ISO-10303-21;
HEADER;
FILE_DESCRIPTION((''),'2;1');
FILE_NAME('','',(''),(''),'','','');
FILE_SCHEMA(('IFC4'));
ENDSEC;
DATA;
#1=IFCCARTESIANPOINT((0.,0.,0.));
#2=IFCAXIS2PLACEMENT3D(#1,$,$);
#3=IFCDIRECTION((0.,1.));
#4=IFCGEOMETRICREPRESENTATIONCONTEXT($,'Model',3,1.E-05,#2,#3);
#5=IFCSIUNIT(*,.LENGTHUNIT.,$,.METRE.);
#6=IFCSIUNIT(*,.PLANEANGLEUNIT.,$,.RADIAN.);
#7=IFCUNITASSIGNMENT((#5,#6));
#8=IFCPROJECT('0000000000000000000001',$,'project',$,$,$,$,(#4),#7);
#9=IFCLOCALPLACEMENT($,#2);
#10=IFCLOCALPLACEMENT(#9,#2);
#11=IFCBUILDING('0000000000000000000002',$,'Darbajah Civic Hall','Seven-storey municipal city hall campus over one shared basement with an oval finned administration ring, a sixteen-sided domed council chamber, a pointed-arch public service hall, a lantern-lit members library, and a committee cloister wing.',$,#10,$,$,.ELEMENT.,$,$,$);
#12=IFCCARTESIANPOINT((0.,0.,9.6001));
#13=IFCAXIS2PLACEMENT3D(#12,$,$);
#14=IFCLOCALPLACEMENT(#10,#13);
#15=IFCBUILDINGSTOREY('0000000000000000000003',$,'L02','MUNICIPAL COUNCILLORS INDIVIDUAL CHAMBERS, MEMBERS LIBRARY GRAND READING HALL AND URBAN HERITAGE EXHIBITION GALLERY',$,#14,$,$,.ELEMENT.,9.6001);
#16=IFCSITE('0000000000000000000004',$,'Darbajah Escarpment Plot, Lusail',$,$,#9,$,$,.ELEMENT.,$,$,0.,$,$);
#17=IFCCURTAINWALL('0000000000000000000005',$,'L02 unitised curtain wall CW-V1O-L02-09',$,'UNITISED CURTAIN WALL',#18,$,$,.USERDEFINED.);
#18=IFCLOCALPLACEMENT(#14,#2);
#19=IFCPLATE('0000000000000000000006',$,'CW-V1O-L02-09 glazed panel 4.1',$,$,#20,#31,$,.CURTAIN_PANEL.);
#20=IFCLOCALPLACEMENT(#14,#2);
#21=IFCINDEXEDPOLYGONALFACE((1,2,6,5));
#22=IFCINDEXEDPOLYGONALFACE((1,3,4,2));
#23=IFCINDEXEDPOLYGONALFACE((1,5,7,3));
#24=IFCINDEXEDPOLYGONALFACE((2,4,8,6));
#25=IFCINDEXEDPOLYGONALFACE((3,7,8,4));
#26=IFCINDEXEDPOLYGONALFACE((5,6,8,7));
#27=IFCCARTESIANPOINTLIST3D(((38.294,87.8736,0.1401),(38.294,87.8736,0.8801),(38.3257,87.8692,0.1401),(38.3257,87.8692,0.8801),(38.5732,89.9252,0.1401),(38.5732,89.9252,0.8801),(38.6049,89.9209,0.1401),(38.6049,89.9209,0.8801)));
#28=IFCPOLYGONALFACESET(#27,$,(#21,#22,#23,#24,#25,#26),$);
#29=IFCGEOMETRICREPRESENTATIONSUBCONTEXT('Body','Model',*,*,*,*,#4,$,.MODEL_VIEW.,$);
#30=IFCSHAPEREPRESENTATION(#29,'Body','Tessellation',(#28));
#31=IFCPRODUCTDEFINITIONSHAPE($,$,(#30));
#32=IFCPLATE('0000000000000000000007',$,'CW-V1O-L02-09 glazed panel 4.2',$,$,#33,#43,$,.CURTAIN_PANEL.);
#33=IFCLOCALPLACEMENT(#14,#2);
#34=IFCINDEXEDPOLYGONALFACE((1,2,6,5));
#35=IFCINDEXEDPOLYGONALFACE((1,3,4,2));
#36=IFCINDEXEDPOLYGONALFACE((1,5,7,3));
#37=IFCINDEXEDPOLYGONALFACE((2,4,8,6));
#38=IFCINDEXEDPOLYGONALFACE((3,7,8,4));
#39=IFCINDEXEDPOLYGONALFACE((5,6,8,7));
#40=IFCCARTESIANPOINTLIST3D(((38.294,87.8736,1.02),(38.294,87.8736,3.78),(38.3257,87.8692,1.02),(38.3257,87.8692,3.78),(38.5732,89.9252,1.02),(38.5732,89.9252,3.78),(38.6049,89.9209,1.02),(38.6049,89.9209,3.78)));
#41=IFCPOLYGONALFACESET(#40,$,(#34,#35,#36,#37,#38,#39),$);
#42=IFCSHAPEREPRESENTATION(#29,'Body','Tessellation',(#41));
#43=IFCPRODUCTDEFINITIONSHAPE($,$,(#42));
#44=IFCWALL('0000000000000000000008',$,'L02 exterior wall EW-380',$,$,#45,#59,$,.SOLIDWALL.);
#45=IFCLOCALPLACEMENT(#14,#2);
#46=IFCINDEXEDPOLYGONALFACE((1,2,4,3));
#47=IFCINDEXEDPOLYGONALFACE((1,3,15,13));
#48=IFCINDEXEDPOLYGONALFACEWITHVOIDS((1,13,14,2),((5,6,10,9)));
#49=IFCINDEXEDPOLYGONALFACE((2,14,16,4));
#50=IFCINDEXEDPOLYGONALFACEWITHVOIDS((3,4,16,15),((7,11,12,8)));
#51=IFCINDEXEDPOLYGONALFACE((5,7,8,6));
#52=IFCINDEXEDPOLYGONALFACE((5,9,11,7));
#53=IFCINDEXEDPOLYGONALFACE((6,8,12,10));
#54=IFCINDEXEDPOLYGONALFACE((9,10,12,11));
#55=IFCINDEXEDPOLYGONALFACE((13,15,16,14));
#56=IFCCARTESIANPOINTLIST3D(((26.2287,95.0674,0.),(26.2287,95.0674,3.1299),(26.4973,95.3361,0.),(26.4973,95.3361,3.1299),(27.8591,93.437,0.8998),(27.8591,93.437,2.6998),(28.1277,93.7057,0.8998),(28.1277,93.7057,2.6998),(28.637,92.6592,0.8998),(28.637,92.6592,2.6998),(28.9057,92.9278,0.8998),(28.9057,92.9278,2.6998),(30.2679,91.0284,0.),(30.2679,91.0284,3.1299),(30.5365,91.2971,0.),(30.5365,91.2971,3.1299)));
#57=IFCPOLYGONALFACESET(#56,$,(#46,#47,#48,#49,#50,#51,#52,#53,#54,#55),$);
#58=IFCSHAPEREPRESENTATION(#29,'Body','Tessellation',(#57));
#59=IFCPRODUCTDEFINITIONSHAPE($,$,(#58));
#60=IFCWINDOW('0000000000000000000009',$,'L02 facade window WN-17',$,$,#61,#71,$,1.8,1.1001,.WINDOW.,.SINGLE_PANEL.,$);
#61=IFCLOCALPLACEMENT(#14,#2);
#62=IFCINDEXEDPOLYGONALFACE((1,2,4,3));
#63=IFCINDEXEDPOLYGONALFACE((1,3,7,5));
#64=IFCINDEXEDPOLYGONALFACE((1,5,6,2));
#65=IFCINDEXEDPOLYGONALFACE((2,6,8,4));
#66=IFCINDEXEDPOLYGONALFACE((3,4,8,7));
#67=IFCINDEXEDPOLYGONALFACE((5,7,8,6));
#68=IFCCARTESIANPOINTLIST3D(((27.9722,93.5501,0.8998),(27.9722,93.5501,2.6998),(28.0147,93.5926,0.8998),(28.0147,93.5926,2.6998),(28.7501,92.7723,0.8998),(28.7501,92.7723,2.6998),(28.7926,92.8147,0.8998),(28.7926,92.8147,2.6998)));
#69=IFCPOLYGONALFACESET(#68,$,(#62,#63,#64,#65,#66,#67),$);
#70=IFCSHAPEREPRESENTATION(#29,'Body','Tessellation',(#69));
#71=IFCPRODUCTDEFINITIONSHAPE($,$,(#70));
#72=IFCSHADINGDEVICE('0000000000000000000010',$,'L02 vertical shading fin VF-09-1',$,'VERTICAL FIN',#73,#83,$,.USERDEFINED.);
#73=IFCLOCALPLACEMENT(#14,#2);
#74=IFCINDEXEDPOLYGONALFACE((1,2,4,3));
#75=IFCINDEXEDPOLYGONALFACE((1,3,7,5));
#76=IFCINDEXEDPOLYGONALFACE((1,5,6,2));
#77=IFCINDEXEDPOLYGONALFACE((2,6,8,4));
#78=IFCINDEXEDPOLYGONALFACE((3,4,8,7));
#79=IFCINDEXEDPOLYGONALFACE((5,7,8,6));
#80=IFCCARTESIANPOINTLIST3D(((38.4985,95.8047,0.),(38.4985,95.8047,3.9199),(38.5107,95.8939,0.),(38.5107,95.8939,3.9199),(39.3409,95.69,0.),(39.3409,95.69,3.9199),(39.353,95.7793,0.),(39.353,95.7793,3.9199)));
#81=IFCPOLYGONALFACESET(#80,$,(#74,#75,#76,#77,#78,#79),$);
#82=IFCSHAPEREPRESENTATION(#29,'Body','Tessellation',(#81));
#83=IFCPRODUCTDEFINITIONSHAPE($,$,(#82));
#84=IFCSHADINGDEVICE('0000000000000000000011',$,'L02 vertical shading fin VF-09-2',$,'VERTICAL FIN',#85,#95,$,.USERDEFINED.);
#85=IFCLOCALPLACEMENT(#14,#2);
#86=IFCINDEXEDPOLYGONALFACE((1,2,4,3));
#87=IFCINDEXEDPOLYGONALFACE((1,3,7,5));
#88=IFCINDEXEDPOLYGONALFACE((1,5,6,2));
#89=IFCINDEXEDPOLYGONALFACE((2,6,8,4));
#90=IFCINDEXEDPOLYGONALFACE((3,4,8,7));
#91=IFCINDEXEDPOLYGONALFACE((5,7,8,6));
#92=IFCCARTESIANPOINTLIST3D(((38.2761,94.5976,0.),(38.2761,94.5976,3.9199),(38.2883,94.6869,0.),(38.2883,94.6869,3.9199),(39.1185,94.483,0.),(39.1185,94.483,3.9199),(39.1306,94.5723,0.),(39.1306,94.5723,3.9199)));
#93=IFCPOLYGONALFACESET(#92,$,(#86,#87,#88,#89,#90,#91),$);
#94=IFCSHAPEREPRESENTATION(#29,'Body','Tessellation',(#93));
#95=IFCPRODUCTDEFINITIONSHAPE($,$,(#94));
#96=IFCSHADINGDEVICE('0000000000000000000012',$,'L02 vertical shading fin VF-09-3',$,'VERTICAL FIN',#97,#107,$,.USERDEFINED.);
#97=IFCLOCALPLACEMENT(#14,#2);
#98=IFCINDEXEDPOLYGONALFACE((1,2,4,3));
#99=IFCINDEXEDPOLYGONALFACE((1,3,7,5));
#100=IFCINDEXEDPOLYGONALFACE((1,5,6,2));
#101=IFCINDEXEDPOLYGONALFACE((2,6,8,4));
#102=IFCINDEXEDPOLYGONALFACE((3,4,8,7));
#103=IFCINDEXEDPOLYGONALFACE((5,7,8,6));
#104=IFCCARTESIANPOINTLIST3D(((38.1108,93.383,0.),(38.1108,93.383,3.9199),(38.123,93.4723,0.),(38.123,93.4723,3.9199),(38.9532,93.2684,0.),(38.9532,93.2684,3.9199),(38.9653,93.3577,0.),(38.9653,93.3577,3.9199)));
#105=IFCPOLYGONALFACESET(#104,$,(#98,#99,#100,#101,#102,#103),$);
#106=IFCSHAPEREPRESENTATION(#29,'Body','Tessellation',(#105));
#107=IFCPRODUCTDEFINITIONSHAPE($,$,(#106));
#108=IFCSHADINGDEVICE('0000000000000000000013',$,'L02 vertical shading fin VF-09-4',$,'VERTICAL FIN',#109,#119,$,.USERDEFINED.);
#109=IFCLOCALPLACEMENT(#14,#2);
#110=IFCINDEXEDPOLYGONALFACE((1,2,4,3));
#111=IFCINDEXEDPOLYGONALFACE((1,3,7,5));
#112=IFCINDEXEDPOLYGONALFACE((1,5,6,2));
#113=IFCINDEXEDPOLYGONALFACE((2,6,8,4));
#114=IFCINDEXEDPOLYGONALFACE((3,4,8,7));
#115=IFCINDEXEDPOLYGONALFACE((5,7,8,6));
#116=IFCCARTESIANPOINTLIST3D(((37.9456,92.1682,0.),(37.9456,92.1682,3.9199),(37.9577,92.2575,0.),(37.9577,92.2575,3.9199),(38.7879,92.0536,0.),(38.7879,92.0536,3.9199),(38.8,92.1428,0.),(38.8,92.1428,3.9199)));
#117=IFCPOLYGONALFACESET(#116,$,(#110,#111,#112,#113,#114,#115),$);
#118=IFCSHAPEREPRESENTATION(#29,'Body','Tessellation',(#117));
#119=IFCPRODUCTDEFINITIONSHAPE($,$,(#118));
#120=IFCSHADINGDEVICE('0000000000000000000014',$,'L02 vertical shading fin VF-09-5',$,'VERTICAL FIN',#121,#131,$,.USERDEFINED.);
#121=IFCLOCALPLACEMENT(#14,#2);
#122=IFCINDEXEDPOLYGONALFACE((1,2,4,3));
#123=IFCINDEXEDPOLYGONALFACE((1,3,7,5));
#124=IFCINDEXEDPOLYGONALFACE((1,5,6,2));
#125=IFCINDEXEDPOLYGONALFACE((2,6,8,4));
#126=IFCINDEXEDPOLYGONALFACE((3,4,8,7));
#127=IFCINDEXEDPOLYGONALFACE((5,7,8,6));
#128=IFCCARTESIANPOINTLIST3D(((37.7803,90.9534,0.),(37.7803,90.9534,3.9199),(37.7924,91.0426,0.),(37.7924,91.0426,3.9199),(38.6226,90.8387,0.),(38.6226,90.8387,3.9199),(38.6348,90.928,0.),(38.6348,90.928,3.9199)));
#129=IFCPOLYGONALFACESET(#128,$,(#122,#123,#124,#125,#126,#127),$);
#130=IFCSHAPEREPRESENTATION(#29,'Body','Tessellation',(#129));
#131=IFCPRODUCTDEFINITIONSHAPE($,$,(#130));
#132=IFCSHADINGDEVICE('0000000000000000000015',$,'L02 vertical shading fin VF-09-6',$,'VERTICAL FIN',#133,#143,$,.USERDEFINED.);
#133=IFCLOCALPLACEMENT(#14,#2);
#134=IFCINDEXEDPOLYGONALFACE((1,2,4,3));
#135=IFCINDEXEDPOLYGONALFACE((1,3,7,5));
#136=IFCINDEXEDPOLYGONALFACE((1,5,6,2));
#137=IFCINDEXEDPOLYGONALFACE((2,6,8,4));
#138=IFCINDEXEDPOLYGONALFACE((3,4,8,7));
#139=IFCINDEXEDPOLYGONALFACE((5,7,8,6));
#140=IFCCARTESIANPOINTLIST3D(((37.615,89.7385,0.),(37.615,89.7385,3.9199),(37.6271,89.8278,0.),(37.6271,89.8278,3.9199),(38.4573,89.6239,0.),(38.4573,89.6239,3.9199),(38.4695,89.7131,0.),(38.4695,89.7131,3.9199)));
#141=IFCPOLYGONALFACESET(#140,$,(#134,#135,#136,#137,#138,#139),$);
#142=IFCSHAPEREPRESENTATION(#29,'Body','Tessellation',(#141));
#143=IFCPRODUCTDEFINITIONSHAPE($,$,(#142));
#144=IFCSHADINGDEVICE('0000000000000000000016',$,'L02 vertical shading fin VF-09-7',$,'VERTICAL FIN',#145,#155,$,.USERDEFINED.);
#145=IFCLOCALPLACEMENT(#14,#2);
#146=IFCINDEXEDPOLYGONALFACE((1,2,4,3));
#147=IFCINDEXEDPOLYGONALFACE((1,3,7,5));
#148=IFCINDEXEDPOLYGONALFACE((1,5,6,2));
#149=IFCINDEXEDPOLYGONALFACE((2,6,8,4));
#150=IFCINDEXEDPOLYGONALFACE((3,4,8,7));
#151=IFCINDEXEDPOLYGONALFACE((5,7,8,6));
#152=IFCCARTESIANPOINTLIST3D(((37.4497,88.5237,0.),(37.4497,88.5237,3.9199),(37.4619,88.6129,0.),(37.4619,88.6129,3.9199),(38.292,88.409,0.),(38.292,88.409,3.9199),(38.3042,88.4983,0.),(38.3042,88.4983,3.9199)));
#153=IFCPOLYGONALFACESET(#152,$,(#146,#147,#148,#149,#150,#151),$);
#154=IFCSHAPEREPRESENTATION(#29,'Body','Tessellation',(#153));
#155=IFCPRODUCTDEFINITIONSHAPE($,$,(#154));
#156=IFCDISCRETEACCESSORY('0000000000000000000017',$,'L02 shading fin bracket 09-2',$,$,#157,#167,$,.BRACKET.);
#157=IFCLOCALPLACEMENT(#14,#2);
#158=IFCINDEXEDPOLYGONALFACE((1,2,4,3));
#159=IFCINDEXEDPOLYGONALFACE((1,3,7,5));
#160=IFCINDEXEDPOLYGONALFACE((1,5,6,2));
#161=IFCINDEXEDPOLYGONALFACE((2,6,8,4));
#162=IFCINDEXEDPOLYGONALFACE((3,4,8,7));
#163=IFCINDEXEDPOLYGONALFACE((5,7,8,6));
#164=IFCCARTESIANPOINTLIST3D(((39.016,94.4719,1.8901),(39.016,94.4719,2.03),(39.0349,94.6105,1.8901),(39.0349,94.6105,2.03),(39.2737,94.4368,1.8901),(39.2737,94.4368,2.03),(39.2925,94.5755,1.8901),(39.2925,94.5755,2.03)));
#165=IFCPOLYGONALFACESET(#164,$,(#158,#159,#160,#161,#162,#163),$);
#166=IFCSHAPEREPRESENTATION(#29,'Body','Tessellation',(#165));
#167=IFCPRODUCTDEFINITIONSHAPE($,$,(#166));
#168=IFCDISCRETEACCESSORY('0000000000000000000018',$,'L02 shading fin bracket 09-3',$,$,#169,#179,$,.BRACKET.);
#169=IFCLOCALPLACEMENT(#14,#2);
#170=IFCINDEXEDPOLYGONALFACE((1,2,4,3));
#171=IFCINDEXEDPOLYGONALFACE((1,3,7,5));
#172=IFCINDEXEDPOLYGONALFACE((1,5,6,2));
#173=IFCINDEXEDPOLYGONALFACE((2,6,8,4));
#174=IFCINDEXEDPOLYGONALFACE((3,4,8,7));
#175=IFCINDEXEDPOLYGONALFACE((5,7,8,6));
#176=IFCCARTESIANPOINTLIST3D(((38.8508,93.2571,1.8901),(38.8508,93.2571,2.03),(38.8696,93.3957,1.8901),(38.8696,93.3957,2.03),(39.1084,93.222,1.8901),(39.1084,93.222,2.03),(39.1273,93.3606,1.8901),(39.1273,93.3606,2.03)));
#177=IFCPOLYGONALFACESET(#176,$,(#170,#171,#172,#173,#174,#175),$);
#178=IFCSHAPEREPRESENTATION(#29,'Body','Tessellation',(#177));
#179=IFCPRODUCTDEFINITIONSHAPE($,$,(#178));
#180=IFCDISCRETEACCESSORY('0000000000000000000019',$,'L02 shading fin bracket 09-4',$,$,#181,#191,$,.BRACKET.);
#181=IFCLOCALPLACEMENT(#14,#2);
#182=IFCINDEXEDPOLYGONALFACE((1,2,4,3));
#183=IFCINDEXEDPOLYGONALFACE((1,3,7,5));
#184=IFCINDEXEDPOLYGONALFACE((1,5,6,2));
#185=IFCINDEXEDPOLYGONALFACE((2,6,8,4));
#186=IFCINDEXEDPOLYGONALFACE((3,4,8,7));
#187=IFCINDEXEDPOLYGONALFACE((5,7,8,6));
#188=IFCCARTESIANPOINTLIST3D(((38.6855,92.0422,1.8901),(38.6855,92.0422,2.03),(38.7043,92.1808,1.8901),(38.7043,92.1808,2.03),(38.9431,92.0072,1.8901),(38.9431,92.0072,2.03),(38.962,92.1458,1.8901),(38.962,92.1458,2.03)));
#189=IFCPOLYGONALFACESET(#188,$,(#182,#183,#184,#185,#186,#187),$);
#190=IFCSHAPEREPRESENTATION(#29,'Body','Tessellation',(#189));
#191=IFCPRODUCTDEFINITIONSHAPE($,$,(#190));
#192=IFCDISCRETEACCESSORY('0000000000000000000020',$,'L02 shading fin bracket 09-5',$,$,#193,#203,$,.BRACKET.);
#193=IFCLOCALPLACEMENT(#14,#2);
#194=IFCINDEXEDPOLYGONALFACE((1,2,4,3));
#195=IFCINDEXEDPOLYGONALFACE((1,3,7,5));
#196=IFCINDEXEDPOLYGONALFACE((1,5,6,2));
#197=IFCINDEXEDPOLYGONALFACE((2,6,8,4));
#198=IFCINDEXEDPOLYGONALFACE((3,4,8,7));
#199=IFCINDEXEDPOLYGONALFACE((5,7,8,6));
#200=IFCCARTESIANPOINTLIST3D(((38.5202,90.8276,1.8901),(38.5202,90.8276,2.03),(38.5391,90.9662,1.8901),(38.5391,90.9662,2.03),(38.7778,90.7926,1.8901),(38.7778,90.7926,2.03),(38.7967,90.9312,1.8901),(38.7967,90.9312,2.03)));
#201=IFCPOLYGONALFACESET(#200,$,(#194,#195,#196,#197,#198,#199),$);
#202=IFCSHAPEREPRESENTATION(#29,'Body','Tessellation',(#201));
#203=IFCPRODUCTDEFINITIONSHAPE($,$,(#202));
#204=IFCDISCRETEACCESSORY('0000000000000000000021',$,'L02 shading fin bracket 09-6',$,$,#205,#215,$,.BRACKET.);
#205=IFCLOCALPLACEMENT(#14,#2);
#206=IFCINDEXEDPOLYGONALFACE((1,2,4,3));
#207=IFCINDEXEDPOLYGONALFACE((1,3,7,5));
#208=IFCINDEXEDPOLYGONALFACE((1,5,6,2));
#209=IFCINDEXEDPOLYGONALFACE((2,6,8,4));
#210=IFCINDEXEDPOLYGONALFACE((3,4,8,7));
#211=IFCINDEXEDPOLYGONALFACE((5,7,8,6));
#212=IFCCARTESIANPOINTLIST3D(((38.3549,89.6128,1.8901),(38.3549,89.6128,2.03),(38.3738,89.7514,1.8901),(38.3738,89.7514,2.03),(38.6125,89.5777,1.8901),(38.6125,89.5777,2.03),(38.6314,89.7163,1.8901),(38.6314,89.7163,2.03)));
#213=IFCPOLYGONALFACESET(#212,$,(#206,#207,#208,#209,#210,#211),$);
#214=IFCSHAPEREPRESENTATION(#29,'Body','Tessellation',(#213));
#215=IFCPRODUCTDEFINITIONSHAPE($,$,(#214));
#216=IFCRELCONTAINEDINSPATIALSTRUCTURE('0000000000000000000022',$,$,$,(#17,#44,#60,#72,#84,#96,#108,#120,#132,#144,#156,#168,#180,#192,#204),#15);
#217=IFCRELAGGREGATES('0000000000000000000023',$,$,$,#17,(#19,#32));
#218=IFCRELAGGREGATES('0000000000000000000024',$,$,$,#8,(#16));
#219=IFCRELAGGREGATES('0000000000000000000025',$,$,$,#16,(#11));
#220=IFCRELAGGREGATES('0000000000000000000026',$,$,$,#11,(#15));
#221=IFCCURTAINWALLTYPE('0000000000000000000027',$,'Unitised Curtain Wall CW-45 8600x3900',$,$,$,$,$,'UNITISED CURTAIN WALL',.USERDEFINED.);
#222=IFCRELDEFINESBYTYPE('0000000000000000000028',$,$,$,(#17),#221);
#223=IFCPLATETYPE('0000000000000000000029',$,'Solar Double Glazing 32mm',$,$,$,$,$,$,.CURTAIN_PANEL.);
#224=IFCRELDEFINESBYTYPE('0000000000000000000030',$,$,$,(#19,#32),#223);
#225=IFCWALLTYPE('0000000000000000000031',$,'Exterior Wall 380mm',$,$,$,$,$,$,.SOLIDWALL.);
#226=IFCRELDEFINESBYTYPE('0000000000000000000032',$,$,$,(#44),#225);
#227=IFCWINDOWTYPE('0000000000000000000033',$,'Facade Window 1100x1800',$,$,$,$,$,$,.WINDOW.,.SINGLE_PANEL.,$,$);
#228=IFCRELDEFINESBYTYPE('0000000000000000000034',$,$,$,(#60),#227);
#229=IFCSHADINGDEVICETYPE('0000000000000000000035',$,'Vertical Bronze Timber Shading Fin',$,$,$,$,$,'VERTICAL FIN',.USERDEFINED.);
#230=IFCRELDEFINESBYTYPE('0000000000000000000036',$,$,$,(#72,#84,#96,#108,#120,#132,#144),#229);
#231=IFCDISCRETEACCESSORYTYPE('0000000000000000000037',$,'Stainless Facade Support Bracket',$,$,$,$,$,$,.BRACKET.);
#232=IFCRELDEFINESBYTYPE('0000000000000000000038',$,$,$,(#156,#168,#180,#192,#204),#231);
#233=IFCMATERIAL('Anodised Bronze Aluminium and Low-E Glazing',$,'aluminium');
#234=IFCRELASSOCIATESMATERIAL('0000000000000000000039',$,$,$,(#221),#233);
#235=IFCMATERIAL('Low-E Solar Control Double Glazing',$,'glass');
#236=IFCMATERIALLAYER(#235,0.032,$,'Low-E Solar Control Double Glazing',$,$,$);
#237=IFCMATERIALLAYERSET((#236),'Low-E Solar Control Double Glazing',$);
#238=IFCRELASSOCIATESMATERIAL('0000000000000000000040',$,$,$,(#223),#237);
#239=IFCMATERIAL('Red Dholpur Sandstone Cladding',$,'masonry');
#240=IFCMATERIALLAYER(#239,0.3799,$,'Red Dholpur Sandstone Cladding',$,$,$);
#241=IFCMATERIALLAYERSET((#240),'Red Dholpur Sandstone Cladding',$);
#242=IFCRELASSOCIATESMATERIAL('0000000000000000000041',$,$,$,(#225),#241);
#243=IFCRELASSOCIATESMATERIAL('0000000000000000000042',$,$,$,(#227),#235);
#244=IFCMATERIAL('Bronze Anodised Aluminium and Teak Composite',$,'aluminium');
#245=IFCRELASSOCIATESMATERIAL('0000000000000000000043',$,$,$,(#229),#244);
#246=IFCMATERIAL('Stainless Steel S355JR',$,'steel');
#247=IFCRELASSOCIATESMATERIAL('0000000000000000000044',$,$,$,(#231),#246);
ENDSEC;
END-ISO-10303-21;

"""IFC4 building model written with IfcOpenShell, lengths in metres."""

from ifc_helpers import new_model, si_unit, direction, frame, frame_2d, origin, origin_2d, place, context, subcontext, project, spatial, rectangle, extrude, material, layer, layer_set, type_object, element, fill, aggregate, save


model = new_model("IFC4")

# Units and contexts
model_context = context("Model", 3, precision=1e-05, world=origin(), true_north=direction((0.0, 1.0)))
body_context = subcontext(model_context, "Body", "Model", "MODEL_VIEW")
ifc_project = project(units=[si_unit("LENGTHUNIT", "METRE"), si_unit("PLANEANGLEUNIT", "RADIAN")], contexts=[model_context])

# Site, building, storey
site_placement = place(None, origin())
site = spatial("IfcSite", under=ifc_project, at=site_placement, Name="Darbajah Escarpment Plot, Lusail", CompositionType="ELEMENT", RefElevation=0.0)
building_placement = place(site_placement, origin())
building = spatial("IfcBuilding", under=site, at=building_placement, Name="Darbajah Civic Hall", Description="Seven-storey municipal city hall campus over one shared basement with an oval finned administration ring, a sixteen-sided domed council chamber, a pointed-arch public service hall, a lantern-lit members library, and a committee cloister wing.", CompositionType="ELEMENT")
storey_placement = place(building_placement, frame((0.0, 0.0, 9.6001)))
storey = spatial("IfcBuildingStorey", under=building, at=storey_placement, Name="L02", Description="MUNICIPAL COUNCILLORS INDIVIDUAL CHAMBERS, MEMBERS LIBRARY GRAND READING HALL AND URBAN HERITAGE EXHIBITION GALLERY", CompositionType="ELEMENT", Elevation=9.6001)

# Curtain wall
ifc_material_1 = material(Name="Anodised Bronze Aluminium and Low-E Glazing", Category="aluminium")
curtain_wall_type = type_object("IfcCurtainWallType", Name="Unitised Curtain Wall CW-45 8600x3900", ElementType="UNITISED CURTAIN WALL", PredefinedType="USERDEFINED", material=ifc_material_1)
curtain_wall_placement = place(storey_placement, origin())
curtain_wall = element("IfcCurtainWall", 1, at=curtain_wall_placement, inside=storey, type_object=curtain_wall_type, Name="L02 unitised curtain wall CW-V1O-L02-09", ObjectType="UNITISED CURTAIN WALL", PredefinedType="USERDEFINED")

# Plates
ifc_material_2 = material(Name="Low-E Solar Control Double Glazing", Category="glass")
ifc_layer_1 = layer(ifc_material_2, 0.032, Name="Low-E Solar Control Double Glazing")
ifc_layer_set_1 = layer_set([ifc_layer_1], Name="Low-E Solar Control Double Glazing")
plate_type = type_object("IfcPlateType", Name="Solar Double Glazing 32mm", PredefinedType="CURTAIN_PANEL", material=ifc_layer_set_1)
plate_1_placement = place(storey_placement, frame((38.4495, 88.8972, 0.1401), z_axis=(0.0, 0.0, 1.0), x_axis=(-0.134851, -0.990866, 0.0)))
plate_1 = element("IfcPlate", 2, at=plate_1_placement, type_object=plate_type, Name="CW-V1O-L02-09 glazed panel 4.1", PredefinedType="CURTAIN_PANEL", context=body_context, shape_type="SweptSolid", body=[
    extrude(rectangle(XDim=2.0706, YDim=0.032, at=origin_2d()), origin(), (0.0, 0.0, 1.0), 0.74),
])
plate_2_placement = place(storey_placement, frame((38.4495, 88.8972, 1.02), z_axis=(0.0, 0.0, 1.0), x_axis=(-0.134851, -0.990866, 0.0)))
plate_2 = element("IfcPlate", 3, at=plate_2_placement, type_object=plate_type, Name="CW-V1O-L02-09 glazed panel 4.2", PredefinedType="CURTAIN_PANEL", context=body_context, shape_type="SweptSolid", body=[
    extrude(rectangle(XDim=2.0706, YDim=0.032, at=origin_2d()), origin(), (0.0, 0.0, 1.0), 2.76),
])
aggregate(curtain_wall, [plate_1, plate_2])

# Wall, opening, window
ifc_material_3 = material(Name="Red Dholpur Sandstone Cladding", Category="masonry")
ifc_layer_2 = layer(ifc_material_3, 0.3799, Name="Red Dholpur Sandstone Cladding")
ifc_layer_set_2 = layer_set([ifc_layer_2], Name="Red Dholpur Sandstone Cladding")
wall_type = type_object("IfcWallType", Name="Exterior Wall 380mm", PredefinedType="SOLIDWALL", material=ifc_layer_set_2)
wall_placement = place(storey_placement, frame((30.4021, 91.1628, 0.0), z_axis=(0.0, 0.0, 1.0), x_axis=(-0.707128, 0.707085, 0.0)))
wall = element("IfcWall", 4, at=wall_placement, inside=storey, type_object=wall_type, Name="L02 exterior wall EW-380", PredefinedType="SOLIDWALL", context=body_context, shape_type="SweptSolid", body=[
    extrude(rectangle(XDim=5.7122, YDim=0.3799, at=frame_2d((2.856, 0.0))), origin(), (0.0, 0.0, 1.0), 3.1299),
])
opening_placement = place(wall_placement, frame((2.3062, 0.0, 0.8999)))
opening = element("IfcOpeningElement", 5, at=opening_placement, cuts=wall, PredefinedType="OPENING", context=body_context, shape_type="SweptSolid", body=[
    extrude(rectangle(XDim=1.1001, YDim=1.8, at=frame_2d((0.55, 0.8999))), frame((0.0, 0.2, 0.0), z_axis=(0.0, -1.0, 0.0), x_axis=(1.0, 0.0, 0.0)), (0.0, 0.0, 1.0), 0.3999),
])
window_type = type_object("IfcWindowType", Name="Facade Window 1100x1800", PartitioningType="SINGLE_PANEL", PredefinedType="WINDOW", material=ifc_material_2)
window_placement = place(opening_placement, origin())
window = element("IfcWindow", 6, at=window_placement, inside=storey, type_object=window_type, Name="L02 facade window WN-17", OverallHeight=1.8, OverallWidth=1.1001, PartitioningType="SINGLE_PANEL", PredefinedType="WINDOW", context=body_context, shape_type="SweptSolid", body=[
    extrude(rectangle(XDim=1.1001, YDim=1.8, at=frame_2d((0.55, 0.8999))), frame((0.0, 0.03, 0.0), z_axis=(0.0, -1.0, 0.0), x_axis=(1.0, 0.0, 0.0)), (0.0, 0.0, 1.0), 0.0601),
])
fill(opening, window)

# Shading devices
ifc_material_4 = material(Name="Bronze Anodised Aluminium and Teak Composite", Category="aluminium")
shading_device_type = type_object("IfcShadingDeviceType", Name="Vertical Bronze Timber Shading Fin", ElementType="VERTICAL FIN", PredefinedType="USERDEFINED", material=ifc_material_4)
for number, where, z_axis, x_axis, name in (
    (7, (38.9258, 95.792, 0.0), (0.0, 0.0, 1.0), (-0.990866, 0.134851, 0.0), "L02 vertical shading fin VF-09-1"),
    (8, (38.7034, 94.585, 0.0), (0.0, 0.0, 1.0), (-0.990866, 0.134851, 0.0), "L02 vertical shading fin VF-09-2"),
    (9, (38.5381, 93.3704, 0.0), (0.0, 0.0, 1.0), (-0.990866, 0.134851, 0.0), "L02 vertical shading fin VF-09-3"),
    (10, (38.3728, 92.1555, 0.0), (0.0, 0.0, 1.0), (-0.990866, 0.134851, 0.0), "L02 vertical shading fin VF-09-4"),
    (11, (38.2075, 90.9407, 0.0), (0.0, 0.0, 1.0), (-0.990866, 0.134851, 0.0), "L02 vertical shading fin VF-09-5"),
    (12, (38.0422, 89.7258, 0.0), (0.0, 0.0, 1.0), (-0.990866, 0.134851, 0.0), "L02 vertical shading fin VF-09-6"),
    (13, (37.877, 88.511, 0.0), (0.0, 0.0, 1.0), (-0.990866, 0.134851, 0.0), "L02 vertical shading fin VF-09-7"),
):
    element("IfcShadingDevice", number, at=place(storey_placement, frame(where, z_axis=z_axis, x_axis=x_axis)), inside=storey, type_object=shading_device_type, Name=name, ObjectType="VERTICAL FIN", PredefinedType="USERDEFINED", context=body_context, shape_type="SweptSolid", body=[
        extrude(rectangle(XDim=0.8501, YDim=0.0901, at=origin_2d()), origin(), (0.0, 0.0, 1.0), 3.9199),
    ])

# Discrete accessories
ifc_material_5 = material(Name="Stainless Steel S355JR", Category="steel")
discrete_accessory_type = type_object("IfcDiscreteAccessoryType", Name="Stainless Facade Support Bracket", PredefinedType="BRACKET", material=ifc_material_5)
for number, where, z_axis, x_axis, name in (
    (14, (39.1543, 94.5237, 1.8901), (0.0, 0.0, 1.0), (-0.990866, 0.134851, 0.0), "L02 shading fin bracket 09-2"),
    (15, (38.989, 93.3088, 1.8901), (0.0, 0.0, 1.0), (-0.990866, 0.134851, 0.0), "L02 shading fin bracket 09-3"),
    (16, (38.8237, 92.094, 1.8901), (0.0, 0.0, 1.0), (-0.990866, 0.134851, 0.0), "L02 shading fin bracket 09-4"),
    (17, (38.6584, 90.8794, 1.8901), (0.0, 0.0, 1.0), (-0.990866, 0.134851, 0.0), "L02 shading fin bracket 09-5"),
    (18, (38.4932, 89.6646, 1.8901), (0.0, 0.0, 1.0), (-0.990866, 0.134851, 0.0), "L02 shading fin bracket 09-6"),
):
    element("IfcDiscreteAccessory", number, at=place(storey_placement, frame(where, z_axis=z_axis, x_axis=x_axis)), inside=storey, type_object=discrete_accessory_type, Name=name, PredefinedType="BRACKET", context=body_context, shape_type="SweptSolid", body=[
        extrude(rectangle(XDim=0.26, YDim=0.1399, at=origin_2d()), origin(), (0.0, 0.0, 1.0), 0.1399),
    ])

save(model, "model.ifc")
